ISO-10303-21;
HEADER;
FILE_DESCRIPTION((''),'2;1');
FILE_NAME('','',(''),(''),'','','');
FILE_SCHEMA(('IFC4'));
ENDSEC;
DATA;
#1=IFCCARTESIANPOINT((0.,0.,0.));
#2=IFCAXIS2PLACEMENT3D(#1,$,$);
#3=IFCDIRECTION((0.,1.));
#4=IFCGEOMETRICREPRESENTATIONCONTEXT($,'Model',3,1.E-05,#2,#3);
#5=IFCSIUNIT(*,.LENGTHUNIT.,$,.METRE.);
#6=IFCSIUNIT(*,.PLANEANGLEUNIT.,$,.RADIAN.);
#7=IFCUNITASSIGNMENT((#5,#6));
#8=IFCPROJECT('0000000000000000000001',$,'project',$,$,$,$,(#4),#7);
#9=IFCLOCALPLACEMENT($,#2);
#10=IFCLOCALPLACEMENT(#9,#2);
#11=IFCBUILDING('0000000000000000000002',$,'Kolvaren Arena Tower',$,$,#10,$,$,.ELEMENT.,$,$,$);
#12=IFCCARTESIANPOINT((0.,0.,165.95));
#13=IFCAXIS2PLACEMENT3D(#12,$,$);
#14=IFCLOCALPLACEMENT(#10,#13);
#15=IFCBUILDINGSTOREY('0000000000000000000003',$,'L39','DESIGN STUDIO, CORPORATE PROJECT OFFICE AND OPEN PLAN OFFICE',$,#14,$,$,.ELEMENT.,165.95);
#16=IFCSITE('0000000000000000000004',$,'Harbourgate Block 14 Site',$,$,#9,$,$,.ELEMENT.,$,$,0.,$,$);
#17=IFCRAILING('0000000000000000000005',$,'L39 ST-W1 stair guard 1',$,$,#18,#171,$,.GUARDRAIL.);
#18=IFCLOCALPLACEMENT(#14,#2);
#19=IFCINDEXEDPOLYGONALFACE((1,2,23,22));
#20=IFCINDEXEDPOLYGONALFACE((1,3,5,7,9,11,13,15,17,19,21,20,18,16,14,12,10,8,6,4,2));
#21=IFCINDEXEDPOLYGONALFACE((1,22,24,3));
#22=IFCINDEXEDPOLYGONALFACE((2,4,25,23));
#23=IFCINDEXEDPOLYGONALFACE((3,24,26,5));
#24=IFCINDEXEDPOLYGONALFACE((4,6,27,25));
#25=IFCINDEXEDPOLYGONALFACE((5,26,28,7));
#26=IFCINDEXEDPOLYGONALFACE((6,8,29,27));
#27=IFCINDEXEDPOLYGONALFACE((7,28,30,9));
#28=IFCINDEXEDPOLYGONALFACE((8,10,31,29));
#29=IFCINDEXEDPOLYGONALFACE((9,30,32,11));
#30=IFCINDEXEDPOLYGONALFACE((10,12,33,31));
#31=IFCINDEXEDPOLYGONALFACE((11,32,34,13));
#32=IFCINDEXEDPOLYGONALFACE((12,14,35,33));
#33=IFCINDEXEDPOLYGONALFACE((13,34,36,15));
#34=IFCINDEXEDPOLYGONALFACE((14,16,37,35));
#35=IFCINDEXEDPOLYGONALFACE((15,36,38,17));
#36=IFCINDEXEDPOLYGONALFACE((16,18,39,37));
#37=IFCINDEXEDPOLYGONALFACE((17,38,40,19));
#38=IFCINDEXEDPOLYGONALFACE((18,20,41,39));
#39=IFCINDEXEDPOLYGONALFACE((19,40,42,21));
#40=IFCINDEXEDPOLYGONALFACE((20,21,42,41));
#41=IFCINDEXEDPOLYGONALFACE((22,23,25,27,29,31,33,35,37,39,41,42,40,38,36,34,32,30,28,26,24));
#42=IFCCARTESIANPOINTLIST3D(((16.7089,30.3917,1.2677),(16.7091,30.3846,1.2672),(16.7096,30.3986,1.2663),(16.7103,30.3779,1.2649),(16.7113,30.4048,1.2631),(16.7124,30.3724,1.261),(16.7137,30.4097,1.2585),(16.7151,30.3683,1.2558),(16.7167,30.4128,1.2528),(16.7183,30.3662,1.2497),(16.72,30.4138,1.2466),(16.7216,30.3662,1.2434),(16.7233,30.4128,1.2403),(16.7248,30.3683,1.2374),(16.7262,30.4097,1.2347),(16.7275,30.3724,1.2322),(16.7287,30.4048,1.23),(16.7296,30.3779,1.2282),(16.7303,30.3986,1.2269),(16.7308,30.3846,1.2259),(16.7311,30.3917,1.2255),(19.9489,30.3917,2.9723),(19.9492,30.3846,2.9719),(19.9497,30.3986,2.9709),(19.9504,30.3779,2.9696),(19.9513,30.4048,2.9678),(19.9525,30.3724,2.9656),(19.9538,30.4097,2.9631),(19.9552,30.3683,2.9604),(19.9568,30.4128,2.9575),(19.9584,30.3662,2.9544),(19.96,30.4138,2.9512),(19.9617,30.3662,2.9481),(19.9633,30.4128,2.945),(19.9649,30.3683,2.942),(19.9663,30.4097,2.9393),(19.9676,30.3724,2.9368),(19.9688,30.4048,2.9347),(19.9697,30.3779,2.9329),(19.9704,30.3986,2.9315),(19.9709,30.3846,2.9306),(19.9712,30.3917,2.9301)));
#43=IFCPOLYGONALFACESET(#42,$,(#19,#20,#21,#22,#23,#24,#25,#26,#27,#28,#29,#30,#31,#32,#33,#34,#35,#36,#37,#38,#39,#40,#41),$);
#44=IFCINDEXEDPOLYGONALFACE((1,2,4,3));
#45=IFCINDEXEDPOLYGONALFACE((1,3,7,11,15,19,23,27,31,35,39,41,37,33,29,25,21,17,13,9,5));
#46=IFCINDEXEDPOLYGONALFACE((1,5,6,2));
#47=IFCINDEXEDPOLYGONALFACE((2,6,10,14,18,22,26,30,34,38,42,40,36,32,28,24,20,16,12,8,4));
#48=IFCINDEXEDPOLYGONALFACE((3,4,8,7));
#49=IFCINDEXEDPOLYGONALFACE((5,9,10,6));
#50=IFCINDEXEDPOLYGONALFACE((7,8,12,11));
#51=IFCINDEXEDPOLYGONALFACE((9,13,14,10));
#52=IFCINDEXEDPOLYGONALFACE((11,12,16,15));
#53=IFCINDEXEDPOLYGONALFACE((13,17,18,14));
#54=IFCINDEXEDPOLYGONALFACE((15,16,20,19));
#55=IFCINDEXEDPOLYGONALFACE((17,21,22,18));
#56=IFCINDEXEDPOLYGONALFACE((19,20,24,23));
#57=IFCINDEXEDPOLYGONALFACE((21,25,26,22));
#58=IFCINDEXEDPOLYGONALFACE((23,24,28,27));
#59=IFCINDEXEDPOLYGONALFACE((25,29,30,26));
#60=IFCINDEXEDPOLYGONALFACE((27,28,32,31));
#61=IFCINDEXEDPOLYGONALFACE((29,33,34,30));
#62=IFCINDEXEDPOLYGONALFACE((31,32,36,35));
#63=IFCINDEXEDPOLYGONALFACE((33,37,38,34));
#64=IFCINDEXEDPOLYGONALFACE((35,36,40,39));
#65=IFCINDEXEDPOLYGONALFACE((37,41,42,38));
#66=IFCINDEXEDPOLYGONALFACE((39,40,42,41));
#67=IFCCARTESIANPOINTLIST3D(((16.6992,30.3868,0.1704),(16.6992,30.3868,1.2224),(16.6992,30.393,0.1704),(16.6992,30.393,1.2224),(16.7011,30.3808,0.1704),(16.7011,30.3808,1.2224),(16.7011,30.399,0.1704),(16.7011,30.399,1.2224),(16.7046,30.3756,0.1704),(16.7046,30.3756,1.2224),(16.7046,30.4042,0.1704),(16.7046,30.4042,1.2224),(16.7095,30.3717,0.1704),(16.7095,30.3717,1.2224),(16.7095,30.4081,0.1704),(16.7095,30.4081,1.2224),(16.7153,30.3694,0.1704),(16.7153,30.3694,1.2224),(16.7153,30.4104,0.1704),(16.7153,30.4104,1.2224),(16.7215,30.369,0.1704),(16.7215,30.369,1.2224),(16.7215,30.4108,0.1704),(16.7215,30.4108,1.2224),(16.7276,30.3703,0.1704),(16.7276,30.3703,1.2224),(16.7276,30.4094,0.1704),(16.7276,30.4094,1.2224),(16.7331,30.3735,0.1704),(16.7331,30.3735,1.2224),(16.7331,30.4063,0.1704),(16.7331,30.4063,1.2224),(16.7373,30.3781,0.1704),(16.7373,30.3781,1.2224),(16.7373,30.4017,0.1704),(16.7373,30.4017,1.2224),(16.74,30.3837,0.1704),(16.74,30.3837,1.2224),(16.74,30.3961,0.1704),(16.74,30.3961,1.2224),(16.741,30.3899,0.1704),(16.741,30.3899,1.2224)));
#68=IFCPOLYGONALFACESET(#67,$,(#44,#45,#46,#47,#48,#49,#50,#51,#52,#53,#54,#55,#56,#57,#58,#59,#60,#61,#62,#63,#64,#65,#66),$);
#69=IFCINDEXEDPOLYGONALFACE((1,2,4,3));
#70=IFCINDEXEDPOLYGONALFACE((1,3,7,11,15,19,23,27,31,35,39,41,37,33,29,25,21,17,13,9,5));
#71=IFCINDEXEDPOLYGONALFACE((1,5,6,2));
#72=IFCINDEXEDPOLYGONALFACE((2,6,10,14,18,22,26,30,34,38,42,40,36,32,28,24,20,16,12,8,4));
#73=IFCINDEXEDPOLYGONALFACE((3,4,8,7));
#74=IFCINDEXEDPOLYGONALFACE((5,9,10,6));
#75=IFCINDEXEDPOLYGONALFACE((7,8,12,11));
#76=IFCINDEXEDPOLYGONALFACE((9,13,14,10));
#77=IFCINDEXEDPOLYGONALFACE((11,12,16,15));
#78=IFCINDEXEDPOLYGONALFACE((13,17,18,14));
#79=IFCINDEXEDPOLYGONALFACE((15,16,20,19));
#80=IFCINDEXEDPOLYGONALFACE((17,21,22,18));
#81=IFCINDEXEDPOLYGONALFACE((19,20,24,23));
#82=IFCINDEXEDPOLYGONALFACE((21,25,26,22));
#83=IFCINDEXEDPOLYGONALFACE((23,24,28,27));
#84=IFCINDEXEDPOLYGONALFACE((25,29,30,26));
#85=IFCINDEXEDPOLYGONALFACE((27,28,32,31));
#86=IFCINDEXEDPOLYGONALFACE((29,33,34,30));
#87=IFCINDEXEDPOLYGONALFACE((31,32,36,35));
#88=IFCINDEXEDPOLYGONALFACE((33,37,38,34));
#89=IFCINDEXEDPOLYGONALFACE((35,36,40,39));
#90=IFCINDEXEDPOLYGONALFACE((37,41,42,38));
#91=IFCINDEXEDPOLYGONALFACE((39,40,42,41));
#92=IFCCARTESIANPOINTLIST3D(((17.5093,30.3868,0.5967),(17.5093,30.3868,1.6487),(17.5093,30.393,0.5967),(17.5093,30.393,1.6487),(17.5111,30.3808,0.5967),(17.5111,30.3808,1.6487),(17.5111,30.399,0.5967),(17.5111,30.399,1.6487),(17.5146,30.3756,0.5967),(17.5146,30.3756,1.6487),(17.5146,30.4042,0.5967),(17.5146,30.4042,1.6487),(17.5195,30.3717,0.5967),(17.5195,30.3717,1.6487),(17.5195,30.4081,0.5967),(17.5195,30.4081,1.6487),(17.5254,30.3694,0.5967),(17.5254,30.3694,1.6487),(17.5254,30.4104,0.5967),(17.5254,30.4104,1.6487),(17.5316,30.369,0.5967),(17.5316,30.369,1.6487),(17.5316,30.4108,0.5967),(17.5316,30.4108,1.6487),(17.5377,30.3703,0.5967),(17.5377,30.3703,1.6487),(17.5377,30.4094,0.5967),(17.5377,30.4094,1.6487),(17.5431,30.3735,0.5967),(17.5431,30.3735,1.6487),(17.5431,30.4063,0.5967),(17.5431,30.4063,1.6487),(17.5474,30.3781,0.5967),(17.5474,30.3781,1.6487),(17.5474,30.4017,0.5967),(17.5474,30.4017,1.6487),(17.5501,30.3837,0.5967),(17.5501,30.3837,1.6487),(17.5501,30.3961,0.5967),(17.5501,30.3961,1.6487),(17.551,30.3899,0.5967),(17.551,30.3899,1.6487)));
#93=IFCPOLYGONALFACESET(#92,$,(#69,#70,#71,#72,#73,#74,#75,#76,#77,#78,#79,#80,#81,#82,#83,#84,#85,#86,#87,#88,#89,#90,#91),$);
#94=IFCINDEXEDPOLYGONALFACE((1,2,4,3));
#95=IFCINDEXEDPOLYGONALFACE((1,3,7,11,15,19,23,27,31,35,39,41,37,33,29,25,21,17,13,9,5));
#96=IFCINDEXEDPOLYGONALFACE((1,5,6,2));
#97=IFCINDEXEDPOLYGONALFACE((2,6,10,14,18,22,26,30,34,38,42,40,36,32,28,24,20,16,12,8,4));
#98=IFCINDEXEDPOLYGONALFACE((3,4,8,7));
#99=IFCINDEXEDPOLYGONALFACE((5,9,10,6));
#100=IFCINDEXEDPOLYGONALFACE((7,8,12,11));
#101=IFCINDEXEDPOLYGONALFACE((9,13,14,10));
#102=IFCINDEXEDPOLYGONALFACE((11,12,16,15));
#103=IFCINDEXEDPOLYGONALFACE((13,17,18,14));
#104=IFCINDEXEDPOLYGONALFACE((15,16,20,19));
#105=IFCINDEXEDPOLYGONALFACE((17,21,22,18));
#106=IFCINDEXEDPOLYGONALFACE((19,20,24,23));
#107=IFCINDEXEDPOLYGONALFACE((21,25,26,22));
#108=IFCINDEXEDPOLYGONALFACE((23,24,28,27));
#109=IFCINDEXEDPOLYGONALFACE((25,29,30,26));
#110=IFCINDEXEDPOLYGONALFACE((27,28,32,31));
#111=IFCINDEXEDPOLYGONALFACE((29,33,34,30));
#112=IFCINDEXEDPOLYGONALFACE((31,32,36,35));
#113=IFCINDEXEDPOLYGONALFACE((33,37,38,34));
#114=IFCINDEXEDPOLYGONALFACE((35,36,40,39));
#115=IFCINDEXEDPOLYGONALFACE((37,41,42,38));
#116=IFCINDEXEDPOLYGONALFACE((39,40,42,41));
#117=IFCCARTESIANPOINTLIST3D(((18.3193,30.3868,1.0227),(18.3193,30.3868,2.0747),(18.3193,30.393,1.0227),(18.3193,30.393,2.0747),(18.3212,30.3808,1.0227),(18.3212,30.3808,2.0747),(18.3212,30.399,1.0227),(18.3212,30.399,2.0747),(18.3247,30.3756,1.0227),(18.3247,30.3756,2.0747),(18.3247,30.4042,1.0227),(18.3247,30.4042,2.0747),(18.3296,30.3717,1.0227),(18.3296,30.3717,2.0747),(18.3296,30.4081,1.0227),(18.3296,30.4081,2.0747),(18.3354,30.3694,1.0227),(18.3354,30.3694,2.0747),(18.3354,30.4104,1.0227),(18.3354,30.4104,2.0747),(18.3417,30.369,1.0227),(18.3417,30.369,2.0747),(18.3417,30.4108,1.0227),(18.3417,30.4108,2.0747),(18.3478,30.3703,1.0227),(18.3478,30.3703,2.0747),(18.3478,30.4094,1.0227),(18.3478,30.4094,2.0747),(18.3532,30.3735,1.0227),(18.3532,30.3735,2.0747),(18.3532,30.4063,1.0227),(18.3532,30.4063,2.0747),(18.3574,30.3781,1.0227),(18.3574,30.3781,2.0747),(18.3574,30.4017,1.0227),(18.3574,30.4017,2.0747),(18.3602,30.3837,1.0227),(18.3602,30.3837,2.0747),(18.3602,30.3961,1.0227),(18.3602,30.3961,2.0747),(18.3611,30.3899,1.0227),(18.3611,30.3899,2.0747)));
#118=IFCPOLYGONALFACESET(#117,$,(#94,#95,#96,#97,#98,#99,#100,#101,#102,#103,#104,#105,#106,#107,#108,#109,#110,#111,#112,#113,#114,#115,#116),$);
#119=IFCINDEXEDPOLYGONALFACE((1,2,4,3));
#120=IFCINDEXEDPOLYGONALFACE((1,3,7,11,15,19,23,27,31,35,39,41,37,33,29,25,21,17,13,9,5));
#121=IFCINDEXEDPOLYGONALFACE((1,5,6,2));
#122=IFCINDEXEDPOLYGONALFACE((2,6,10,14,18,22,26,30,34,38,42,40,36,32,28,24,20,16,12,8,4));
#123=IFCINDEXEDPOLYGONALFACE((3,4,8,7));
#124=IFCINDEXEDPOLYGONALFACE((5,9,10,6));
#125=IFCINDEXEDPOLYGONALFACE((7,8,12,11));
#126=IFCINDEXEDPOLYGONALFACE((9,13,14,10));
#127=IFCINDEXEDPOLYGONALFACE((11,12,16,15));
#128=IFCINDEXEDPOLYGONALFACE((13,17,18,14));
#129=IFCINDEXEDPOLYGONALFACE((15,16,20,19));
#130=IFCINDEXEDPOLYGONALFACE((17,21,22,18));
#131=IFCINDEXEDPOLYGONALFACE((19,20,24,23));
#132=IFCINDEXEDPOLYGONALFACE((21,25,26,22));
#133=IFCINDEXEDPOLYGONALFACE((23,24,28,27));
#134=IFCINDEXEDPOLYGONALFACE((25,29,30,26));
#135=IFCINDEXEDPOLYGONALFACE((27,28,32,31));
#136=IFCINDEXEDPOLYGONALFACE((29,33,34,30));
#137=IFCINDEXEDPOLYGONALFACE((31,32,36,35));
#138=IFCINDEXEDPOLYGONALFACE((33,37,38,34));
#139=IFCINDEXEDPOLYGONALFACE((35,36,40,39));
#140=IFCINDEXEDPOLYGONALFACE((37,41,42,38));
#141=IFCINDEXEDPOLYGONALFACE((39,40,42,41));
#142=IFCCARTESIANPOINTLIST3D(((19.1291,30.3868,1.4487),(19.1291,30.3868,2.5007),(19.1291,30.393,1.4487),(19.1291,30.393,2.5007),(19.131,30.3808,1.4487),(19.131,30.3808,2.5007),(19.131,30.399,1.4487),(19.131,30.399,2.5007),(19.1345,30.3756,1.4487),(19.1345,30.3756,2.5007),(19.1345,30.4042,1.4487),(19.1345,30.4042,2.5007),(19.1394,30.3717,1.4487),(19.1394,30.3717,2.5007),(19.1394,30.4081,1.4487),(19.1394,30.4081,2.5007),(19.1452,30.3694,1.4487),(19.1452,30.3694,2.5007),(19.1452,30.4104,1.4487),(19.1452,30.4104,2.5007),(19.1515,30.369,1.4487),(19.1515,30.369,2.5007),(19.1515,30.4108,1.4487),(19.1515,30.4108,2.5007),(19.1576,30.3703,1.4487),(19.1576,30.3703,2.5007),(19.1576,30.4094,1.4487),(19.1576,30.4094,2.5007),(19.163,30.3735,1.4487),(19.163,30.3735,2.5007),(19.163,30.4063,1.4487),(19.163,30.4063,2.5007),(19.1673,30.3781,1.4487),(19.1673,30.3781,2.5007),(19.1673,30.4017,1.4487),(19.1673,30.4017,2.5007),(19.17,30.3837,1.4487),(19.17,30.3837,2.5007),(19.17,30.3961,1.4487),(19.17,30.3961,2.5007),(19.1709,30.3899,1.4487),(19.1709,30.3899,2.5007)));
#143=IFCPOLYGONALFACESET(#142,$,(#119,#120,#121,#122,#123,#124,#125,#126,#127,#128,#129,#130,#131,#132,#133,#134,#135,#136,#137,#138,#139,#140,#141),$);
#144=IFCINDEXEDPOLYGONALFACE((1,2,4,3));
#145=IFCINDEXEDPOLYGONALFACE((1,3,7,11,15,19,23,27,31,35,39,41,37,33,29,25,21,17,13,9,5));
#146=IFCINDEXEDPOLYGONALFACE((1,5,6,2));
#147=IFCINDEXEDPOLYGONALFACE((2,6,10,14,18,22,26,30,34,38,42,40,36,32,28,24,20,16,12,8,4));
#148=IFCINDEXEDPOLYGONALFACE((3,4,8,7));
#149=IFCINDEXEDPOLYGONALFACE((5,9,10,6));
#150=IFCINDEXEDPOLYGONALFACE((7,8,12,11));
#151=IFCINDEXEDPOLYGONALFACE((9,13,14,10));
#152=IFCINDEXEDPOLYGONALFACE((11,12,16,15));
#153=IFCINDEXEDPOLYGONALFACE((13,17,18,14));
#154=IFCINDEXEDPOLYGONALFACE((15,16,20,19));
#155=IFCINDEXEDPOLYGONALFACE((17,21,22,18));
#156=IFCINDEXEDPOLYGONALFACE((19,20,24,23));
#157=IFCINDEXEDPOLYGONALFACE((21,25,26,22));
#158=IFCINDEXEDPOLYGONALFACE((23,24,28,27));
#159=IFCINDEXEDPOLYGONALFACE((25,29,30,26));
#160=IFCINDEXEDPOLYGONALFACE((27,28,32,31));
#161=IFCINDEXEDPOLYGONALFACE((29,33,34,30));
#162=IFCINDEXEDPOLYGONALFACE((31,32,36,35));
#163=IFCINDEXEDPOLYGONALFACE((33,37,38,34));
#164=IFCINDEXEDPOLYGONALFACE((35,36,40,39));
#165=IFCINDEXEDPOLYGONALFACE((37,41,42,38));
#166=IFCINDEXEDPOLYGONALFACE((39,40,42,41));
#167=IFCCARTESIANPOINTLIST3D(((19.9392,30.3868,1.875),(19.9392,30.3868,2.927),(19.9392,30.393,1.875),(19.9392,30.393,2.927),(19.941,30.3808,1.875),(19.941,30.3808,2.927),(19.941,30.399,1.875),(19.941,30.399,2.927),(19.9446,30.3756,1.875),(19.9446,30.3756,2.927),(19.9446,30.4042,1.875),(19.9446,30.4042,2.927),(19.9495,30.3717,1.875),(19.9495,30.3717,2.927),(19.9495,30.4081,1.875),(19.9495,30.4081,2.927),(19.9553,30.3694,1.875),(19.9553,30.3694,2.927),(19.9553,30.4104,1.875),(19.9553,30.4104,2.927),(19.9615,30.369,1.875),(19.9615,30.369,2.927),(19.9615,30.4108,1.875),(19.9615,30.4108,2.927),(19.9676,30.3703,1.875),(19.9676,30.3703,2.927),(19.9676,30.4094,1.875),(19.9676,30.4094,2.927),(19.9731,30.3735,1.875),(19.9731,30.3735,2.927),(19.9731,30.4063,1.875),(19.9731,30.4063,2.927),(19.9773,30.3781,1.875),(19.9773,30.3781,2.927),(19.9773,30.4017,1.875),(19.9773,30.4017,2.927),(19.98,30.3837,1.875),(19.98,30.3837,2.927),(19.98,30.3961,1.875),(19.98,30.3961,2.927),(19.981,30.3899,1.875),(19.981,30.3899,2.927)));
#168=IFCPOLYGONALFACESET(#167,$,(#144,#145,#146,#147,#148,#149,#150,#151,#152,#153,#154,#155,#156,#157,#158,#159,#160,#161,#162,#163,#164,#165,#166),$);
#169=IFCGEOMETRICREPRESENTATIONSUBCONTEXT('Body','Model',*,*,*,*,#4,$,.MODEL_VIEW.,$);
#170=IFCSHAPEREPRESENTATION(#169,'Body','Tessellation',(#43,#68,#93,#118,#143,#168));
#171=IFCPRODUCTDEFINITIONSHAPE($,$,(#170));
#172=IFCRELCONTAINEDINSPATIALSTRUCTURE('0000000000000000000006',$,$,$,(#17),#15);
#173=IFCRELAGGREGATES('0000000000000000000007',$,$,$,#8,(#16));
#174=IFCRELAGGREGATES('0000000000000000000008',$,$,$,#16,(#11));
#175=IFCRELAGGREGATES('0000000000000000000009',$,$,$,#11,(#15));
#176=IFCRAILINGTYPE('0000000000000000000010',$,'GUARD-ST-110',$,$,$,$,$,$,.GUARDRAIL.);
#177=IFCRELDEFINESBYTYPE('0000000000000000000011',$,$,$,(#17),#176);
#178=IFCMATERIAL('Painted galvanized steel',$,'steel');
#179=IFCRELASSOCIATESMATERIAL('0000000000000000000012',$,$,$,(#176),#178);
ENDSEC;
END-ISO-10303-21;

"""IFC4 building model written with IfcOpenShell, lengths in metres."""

from ifc_helpers import new_model, si_unit, direction, frame, origin, origin_2d, place, context, subcontext, project, spatial, circle, extrude, material, type_object, element, save


model = new_model("IFC4")

# Units and contexts
model_context = context("Model", 3, precision=1e-05, world=origin(), true_north=direction((0.0, 1.0)))
body_context = subcontext(model_context, "Body", "Model", "MODEL_VIEW")
ifc_project = project(units=[si_unit("LENGTHUNIT", "METRE"), si_unit("PLANEANGLEUNIT", "RADIAN")], contexts=[model_context])

# Site, building, storey
site_placement = place(None, origin())
site = spatial("IfcSite", under=ifc_project, at=site_placement, Name="Harbourgate Block 14 Site", CompositionType="ELEMENT", RefElevation=0.0)
building_placement = place(site_placement, origin())
building = spatial("IfcBuilding", under=site, at=building_placement, Name="Kolvaren Arena Tower", CompositionType="ELEMENT")
storey_placement = place(building_placement, frame((0.0, 0.0, 165.95)))
storey = spatial("IfcBuildingStorey", under=building, at=storey_placement, Name="L39", Description="DESIGN STUDIO, CORPORATE PROJECT OFFICE AND OPEN PLAN OFFICE", CompositionType="ELEMENT", Elevation=165.95)

# Railing
ifc_material_1 = material(Name="Painted galvanized steel", Category="steel")
railing_type_1 = type_object("IfcRailingType", Name="GUARD-ST-110", PredefinedType="GUARDRAIL", material=ifc_material_1)
railing_1_placement = place(storey_placement, frame((16.72, 30.3899, 0.1704)))
element("IfcRailing", 1, at=railing_1_placement, inside=storey, type_object=railing_type_1, Name="L39 ST-W1 stair guard 1", PredefinedType="GUARDRAIL", context=body_context, shape_type="SweptSolid", body=[
    extrude(circle(Radius=0.0239, at=origin_2d()), frame((0.0, 0.0, 1.0762), z_axis=(0.884993, 0.0, 0.465604), x_axis=(0.0, 1.0, 0.0)), (0.0, 0.0, 1.0), 3.6611),
    extrude(circle(Radius=0.021, at=origin_2d()), origin(), (0.0, 0.0, 1.0), 1.052),
    extrude(circle(Radius=0.021, at=origin_2d()), frame((0.8101, 0.0, 0.4263)), (0.0, 0.0, 1.0), 1.052),
    extrude(circle(Radius=0.021, at=origin_2d()), frame((1.6201, 0.0, 0.8523)), (0.0, 0.0, 1.0), 1.052),
    extrude(circle(Radius=0.021, at=origin_2d()), frame((2.4299, 0.0, 1.2783)), (0.0, 0.0, 1.0), 1.052),
    extrude(circle(Radius=0.021, at=origin_2d()), frame((3.24, 0.0, 1.7046)), (0.0, 0.0, 1.0), 1.052),
])

save(model, "model.ifc")
